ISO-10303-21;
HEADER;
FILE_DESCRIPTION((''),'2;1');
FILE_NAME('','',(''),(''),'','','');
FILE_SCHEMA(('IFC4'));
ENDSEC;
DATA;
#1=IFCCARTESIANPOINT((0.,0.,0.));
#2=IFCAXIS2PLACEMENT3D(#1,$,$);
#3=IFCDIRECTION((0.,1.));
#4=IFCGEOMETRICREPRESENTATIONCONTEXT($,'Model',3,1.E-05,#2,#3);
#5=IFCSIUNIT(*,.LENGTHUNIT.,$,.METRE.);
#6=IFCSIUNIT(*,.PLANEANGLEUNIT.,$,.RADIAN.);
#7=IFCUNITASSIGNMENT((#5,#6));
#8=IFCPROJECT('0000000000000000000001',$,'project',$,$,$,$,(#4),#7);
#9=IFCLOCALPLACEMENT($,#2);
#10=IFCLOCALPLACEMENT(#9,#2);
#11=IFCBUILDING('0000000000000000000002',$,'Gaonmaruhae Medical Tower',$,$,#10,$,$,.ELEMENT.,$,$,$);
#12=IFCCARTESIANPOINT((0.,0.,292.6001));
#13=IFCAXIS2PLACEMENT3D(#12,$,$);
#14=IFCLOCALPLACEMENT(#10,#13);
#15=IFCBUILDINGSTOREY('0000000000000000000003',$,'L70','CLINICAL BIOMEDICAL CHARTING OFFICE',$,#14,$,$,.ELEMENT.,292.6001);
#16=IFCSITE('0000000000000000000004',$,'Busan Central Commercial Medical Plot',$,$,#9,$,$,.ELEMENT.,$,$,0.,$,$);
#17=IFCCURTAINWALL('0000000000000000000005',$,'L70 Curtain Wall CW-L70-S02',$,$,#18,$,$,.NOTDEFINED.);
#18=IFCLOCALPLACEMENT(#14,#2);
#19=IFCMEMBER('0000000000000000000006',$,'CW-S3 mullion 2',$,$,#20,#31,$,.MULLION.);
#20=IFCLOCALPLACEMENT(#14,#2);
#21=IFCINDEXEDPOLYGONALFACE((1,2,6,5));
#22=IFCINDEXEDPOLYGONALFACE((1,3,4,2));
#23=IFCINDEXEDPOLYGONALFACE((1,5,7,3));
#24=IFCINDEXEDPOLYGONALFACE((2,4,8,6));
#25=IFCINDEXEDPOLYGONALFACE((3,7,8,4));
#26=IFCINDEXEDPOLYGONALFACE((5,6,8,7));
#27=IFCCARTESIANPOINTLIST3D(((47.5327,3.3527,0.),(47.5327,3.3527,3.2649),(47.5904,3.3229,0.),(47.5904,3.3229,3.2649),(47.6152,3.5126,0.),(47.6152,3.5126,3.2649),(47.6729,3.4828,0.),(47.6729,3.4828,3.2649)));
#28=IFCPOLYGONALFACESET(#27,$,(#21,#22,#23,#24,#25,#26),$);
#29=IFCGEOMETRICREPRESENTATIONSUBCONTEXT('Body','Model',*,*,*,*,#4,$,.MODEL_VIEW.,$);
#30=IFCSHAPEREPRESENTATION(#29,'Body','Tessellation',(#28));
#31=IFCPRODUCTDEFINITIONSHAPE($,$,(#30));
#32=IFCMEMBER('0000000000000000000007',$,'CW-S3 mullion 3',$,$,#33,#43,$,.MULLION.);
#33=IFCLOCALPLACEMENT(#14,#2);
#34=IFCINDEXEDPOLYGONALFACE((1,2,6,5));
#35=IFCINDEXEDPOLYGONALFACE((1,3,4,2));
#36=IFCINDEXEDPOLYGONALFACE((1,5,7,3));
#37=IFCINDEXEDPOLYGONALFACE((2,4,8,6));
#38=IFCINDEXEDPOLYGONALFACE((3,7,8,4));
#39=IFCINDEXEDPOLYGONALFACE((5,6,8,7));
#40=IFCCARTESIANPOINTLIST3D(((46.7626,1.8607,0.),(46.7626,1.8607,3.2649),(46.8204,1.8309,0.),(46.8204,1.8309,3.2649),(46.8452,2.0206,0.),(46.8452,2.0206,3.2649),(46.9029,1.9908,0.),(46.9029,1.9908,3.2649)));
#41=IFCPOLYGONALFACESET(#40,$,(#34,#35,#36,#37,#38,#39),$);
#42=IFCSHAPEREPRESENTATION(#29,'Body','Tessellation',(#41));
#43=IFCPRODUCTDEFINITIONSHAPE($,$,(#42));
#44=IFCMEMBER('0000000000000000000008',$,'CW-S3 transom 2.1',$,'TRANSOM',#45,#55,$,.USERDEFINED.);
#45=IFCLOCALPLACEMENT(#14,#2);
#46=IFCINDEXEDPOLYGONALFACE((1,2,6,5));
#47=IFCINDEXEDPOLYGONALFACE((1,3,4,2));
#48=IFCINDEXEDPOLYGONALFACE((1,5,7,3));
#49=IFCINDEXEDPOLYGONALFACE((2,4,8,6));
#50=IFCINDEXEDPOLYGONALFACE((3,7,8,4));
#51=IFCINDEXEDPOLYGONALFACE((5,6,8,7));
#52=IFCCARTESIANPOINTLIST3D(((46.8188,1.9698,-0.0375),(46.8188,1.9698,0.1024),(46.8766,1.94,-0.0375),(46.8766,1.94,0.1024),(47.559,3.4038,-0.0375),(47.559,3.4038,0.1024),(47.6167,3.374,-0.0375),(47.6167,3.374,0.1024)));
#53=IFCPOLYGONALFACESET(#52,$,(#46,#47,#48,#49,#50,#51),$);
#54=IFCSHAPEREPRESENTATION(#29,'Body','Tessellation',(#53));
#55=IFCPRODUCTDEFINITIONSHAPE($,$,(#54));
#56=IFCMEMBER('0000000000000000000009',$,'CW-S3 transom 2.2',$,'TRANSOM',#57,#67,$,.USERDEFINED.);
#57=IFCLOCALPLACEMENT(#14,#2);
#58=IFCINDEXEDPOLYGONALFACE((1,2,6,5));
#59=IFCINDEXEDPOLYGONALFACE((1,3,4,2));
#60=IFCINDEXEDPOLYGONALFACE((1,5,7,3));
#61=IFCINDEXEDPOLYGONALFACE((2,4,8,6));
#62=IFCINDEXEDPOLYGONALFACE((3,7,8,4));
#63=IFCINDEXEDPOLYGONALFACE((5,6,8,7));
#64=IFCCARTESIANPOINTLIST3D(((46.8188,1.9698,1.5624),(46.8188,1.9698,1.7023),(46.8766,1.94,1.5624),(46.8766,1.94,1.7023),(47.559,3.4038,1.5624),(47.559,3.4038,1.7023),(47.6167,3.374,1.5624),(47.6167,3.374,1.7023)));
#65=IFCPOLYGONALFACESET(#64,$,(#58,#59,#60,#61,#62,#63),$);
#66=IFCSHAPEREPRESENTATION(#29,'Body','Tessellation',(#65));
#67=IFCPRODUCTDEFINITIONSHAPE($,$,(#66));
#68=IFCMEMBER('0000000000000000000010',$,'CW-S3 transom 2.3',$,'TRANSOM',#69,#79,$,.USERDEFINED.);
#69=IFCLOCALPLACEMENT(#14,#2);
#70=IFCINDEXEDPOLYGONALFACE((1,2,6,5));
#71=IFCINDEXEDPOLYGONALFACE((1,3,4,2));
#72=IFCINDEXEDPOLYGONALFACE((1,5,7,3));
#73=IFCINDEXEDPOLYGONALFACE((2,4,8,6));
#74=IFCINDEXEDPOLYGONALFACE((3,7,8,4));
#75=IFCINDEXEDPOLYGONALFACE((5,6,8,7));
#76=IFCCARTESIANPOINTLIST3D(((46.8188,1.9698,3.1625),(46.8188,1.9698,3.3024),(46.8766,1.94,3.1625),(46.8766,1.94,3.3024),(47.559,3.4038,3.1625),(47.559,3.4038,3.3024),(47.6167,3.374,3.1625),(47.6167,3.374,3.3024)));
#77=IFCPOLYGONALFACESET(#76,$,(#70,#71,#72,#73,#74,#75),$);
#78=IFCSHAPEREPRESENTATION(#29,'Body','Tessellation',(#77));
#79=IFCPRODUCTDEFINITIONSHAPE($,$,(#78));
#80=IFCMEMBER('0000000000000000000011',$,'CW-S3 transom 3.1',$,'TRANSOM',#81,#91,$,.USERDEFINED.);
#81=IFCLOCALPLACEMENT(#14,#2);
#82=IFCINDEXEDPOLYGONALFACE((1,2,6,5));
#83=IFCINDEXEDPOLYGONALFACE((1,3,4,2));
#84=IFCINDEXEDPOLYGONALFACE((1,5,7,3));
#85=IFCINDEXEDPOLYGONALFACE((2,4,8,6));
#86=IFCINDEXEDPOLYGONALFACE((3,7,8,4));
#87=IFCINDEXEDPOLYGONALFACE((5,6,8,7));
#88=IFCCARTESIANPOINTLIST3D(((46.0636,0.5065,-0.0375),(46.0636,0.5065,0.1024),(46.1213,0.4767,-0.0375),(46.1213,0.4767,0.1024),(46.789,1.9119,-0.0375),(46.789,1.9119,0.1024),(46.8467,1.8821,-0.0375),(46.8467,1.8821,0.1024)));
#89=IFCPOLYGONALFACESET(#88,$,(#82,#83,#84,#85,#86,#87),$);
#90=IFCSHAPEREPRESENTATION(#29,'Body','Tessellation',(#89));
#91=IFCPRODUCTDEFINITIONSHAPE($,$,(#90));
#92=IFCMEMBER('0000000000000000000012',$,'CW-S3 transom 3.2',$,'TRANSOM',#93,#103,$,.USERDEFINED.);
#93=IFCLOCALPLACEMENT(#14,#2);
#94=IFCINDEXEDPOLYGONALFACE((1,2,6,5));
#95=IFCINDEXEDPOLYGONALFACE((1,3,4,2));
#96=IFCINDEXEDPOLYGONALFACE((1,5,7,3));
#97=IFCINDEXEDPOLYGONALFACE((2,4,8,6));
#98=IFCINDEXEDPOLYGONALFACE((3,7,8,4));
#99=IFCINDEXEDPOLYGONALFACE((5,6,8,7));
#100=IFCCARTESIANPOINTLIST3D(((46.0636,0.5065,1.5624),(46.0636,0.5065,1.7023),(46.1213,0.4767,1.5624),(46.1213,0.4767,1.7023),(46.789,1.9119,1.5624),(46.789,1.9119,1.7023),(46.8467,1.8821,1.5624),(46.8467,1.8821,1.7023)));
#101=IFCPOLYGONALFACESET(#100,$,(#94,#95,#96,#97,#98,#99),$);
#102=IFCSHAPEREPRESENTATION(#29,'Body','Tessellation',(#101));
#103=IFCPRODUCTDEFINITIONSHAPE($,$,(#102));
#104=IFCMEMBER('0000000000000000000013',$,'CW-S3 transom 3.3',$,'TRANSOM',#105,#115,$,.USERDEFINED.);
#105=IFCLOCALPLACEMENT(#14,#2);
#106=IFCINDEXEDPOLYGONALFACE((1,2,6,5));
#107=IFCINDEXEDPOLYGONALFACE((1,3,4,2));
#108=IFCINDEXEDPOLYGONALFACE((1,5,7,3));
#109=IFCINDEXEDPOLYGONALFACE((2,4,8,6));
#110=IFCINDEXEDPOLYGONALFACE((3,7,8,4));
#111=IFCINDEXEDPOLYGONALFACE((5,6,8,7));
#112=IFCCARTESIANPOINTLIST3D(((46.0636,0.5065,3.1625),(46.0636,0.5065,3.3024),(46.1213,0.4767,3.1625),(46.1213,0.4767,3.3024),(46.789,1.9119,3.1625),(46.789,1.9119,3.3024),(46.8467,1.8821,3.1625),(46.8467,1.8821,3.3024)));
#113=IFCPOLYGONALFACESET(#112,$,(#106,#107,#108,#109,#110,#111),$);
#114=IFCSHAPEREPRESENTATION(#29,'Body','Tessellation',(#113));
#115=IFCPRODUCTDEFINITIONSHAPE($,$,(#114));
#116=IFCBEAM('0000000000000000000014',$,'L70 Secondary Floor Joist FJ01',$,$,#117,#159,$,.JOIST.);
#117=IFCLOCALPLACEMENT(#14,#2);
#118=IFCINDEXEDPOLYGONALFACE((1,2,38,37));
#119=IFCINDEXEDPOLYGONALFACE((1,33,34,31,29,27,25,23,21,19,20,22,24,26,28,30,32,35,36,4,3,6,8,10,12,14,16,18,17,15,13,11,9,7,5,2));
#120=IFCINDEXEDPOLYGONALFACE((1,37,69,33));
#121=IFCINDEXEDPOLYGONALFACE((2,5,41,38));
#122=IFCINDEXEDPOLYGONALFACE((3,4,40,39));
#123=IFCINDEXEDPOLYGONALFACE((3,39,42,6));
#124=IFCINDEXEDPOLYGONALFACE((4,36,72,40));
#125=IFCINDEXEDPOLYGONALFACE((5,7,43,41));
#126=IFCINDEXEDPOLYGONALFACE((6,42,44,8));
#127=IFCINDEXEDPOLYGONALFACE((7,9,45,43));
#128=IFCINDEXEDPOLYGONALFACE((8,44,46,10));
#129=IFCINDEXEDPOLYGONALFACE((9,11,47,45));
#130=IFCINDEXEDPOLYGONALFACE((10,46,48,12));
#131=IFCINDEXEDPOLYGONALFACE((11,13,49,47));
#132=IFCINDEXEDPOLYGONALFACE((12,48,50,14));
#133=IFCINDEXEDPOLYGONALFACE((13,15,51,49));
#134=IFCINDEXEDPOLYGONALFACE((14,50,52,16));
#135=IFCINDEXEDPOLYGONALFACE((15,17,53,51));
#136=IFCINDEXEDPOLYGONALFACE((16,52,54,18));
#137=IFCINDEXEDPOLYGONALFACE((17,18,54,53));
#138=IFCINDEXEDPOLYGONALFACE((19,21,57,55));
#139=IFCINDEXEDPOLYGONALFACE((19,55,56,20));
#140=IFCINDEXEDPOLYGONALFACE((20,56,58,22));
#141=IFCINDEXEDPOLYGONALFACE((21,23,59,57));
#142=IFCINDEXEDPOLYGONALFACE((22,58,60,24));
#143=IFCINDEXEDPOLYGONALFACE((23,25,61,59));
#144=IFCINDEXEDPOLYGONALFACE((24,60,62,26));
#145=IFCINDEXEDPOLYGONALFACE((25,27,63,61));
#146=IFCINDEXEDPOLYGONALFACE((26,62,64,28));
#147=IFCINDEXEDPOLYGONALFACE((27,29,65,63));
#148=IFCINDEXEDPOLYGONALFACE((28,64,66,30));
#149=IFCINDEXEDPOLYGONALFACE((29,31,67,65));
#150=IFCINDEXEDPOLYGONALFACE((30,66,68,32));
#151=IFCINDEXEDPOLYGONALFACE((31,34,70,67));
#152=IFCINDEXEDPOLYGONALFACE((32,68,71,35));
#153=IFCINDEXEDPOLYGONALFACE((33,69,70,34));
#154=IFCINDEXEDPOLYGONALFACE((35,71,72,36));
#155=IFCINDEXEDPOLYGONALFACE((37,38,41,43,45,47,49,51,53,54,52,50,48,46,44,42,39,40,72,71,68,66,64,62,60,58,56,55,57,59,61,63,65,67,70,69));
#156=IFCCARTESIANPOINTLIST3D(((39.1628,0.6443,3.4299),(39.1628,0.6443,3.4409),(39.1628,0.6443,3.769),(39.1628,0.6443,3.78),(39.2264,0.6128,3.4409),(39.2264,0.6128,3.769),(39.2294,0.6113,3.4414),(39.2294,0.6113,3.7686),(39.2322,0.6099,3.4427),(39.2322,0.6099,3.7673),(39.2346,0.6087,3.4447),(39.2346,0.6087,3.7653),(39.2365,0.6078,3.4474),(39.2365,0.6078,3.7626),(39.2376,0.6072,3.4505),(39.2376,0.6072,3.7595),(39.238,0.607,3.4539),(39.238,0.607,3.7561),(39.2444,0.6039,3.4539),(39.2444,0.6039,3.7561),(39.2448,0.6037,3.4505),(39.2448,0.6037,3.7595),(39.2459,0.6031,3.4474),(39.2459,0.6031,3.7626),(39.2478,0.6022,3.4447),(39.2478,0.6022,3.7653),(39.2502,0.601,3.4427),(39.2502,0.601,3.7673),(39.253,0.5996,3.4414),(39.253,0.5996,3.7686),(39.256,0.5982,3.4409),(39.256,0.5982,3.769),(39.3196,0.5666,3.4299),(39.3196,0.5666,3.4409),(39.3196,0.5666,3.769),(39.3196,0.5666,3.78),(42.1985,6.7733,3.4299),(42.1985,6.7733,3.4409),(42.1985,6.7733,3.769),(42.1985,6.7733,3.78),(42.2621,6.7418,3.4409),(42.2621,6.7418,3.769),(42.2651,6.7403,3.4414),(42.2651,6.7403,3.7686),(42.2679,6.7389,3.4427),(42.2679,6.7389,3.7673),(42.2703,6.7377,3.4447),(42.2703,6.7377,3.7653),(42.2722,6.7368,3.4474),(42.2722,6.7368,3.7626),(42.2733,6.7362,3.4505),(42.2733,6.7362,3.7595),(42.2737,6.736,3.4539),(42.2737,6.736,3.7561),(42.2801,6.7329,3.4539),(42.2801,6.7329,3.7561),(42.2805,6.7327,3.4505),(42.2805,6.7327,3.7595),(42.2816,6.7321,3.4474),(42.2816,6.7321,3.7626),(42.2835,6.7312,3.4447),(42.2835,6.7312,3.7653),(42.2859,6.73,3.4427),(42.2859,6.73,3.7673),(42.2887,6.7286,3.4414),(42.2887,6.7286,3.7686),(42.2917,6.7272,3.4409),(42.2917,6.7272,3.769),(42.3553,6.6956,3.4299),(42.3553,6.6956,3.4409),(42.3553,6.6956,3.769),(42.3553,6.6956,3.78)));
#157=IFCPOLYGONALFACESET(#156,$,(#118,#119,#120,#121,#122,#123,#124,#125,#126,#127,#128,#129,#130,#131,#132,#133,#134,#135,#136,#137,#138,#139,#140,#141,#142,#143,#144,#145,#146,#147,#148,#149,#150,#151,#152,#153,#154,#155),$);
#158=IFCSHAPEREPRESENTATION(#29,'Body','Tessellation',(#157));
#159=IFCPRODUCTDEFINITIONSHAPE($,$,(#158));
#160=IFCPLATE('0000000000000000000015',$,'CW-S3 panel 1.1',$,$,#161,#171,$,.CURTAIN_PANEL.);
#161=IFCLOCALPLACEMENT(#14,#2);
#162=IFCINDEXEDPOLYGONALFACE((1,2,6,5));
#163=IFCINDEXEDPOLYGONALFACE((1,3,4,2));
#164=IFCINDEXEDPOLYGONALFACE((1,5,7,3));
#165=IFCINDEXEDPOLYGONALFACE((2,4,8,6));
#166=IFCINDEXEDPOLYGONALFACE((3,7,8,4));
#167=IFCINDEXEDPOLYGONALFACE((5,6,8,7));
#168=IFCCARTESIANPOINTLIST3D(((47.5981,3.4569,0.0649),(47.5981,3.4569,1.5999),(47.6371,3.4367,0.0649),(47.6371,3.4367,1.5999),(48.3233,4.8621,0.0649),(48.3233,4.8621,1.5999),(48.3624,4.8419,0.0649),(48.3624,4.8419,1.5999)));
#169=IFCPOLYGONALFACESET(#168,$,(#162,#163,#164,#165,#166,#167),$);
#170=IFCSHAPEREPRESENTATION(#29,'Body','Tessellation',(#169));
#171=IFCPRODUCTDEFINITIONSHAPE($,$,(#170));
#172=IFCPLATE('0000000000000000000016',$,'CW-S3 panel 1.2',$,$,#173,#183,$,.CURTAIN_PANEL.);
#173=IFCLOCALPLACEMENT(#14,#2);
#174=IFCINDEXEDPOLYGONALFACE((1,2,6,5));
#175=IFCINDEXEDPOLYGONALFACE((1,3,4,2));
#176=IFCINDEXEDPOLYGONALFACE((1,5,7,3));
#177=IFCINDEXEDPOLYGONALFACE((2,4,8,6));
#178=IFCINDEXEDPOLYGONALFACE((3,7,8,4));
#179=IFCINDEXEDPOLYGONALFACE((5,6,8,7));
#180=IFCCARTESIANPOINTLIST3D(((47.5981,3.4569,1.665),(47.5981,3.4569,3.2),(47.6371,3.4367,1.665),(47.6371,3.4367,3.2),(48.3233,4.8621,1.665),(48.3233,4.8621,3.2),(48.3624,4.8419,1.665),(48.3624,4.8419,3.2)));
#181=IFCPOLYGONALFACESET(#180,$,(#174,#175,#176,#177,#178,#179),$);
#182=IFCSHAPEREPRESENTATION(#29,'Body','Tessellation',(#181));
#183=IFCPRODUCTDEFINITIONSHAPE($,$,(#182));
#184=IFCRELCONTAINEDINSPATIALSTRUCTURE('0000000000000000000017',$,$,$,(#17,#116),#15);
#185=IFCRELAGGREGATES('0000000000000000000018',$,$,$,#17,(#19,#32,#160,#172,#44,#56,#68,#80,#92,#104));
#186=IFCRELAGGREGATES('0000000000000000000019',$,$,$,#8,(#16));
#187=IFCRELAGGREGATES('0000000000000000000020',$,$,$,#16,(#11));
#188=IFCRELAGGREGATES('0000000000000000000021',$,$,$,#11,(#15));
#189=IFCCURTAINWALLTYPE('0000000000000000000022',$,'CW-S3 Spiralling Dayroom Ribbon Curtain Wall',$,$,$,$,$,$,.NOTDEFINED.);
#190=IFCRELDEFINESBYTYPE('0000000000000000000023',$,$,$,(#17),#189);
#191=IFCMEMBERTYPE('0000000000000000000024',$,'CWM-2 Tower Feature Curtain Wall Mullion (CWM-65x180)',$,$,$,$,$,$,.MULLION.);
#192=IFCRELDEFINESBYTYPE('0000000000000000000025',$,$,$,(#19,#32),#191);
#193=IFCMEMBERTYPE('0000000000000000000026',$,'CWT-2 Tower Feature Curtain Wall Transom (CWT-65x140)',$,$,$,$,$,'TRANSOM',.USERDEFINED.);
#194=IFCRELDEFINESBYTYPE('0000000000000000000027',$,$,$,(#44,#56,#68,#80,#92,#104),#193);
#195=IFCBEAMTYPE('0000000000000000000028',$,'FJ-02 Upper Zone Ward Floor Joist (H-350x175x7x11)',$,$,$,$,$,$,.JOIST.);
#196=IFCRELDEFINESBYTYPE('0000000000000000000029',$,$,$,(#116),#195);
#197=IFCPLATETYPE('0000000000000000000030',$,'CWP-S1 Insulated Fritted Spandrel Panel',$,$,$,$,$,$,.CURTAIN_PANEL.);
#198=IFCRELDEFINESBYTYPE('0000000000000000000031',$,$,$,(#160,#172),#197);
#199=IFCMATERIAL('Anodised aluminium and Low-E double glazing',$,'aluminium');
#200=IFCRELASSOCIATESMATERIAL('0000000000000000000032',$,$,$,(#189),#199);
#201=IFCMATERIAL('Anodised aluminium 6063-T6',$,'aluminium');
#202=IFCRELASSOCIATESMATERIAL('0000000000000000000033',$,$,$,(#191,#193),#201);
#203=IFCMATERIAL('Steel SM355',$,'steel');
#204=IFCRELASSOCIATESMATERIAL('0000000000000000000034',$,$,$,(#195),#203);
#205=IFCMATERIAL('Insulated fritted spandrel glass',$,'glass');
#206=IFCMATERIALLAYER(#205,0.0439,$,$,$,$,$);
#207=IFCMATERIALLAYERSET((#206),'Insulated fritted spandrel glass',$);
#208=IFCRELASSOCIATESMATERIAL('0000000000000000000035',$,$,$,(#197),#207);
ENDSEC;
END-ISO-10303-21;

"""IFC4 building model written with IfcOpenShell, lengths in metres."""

from ifc_helpers import new_model, si_unit, direction, frame, origin, origin_2d, place, context, subcontext, project, spatial, rectangle, i_section, extrude, material, layer, layer_set, material_profile, profile_set, type_object, element, aggregate, save


model = new_model("IFC4")

# Units and contexts
model_context = context("Model", 3, precision=1e-05, world=origin(), true_north=direction((0.0, 1.0)))
body_context = subcontext(model_context, "Body", "Model", "MODEL_VIEW")
ifc_project = project(units=[si_unit("LENGTHUNIT", "METRE"), si_unit("PLANEANGLEUNIT", "RADIAN")], contexts=[model_context])

# Site, building, storey
site_placement = place(None, origin())
site = spatial("IfcSite", under=ifc_project, at=site_placement, Name="Busan Central Commercial Medical Plot", CompositionType="ELEMENT", RefElevation=0.0)
building_placement = place(site_placement, origin())
building = spatial("IfcBuilding", under=site, at=building_placement, Name="Gaonmaruhae Medical Tower", CompositionType="ELEMENT")
storey_placement = place(building_placement, frame((0.0, 0.0, 292.6001)))
storey = spatial("IfcBuildingStorey", under=building, at=storey_placement, Name="L70", Description="CLINICAL BIOMEDICAL CHARTING OFFICE", CompositionType="ELEMENT", Elevation=292.6001)

# Curtain wall, members
ifc_material_1 = material(Name="Anodised aluminium and Low-E double glazing", Category="aluminium")
curtain_wall_type = type_object("IfcCurtainWallType", Name="CW-S3 Spiralling Dayroom Ribbon Curtain Wall", PredefinedType="NOTDEFINED", material=ifc_material_1)
curtain_wall_placement = place(storey_placement, origin())
curtain_wall = element("IfcCurtainWall", 1, at=curtain_wall_placement, inside=storey, type_object=curtain_wall_type, Name="L70 Curtain Wall CW-L70-S02", PredefinedType="NOTDEFINED")
ifc_material_2 = material(Name="Anodised aluminium 6063-T6", Category="aluminium")
ifc_material_profile_1 = material_profile(ifc_material_2, rectangle(XDim=0.0649, YDim=0.1799, at=origin_2d()), Name="CWM-65x180")
ifc_profile_set_1 = profile_set([ifc_material_profile_1], Name="Anodised aluminium 6063-T6")
member_type_1 = type_object("IfcMemberType", Name="CWM-2 Tower Feature Curtain Wall Mullion (CWM-65x180)", PredefinedType="MULLION", material=ifc_profile_set_1)
member_1_placement = place(storey_placement, frame((47.6028, 3.4177, 0.0), z_axis=(0.0, 0.0, 1.0), x_axis=(0.888624, -0.458637, 0.0)))
member_1 = element("IfcMember", 2, at=member_1_placement, type_object=member_type_1, Name="CW-S3 mullion 2", PredefinedType="MULLION", context=body_context, shape_type="SweptSolid", body=[
    extrude(rectangle(XDim=0.0649, YDim=0.1799, at=origin_2d()), origin(), (0.0, 0.0, 1.0), 3.2649),
])
member_2_placement = place(storey_placement, frame((46.8328, 1.9258, 0.0), z_axis=(0.0, 0.0, 1.0), x_axis=(0.888624, -0.458637, 0.0)))
member_2 = element("IfcMember", 3, at=member_2_placement, type_object=member_type_1, Name="CW-S3 mullion 3", PredefinedType="MULLION", context=body_context, shape_type="SweptSolid", body=[
    extrude(rectangle(XDim=0.0649, YDim=0.1799, at=origin_2d()), origin(), (0.0, 0.0, 1.0), 3.2649),
])
ifc_material_profile_2 = material_profile(ifc_material_2, rectangle(XDim=0.0649, YDim=0.1399, at=origin_2d()), Name="CWT-65x140")
ifc_profile_set_2 = profile_set([ifc_material_profile_2], Name="Anodised aluminium 6063-T6")
member_type_2 = type_object("IfcMemberType", Name="CWT-2 Tower Feature Curtain Wall Transom (CWT-65x140)", ElementType="TRANSOM", PredefinedType="USERDEFINED", material=ifc_profile_set_2)
member_3_placement = place(storey_placement, frame((47.5879, 3.3889, 0.0325), z_axis=(-0.458674, -0.888605, 0.0), x_axis=(0.888605, -0.458674, 0.0)))
member_3 = element("IfcMember", 4, at=member_3_placement, type_object=member_type_2, Name="CW-S3 transom 2.1", ObjectType="TRANSOM", PredefinedType="USERDEFINED", context=body_context, shape_type="SweptSolid", body=[
    extrude(rectangle(XDim=0.0649, YDim=0.1399, at=origin_2d()), origin(), (0.0, 0.0, 1.0), 1.6138),
])
member_4_placement = place(storey_placement, frame((47.5879, 3.3889, 1.6323), z_axis=(-0.458674, -0.888605, 0.0), x_axis=(0.888605, -0.458674, 0.0)))
member_4 = element("IfcMember", 5, at=member_4_placement, type_object=member_type_2, Name="CW-S3 transom 2.2", ObjectType="TRANSOM", PredefinedType="USERDEFINED", context=body_context, shape_type="SweptSolid", body=[
    extrude(rectangle(XDim=0.0649, YDim=0.1399, at=origin_2d()), origin(), (0.0, 0.0, 1.0), 1.6138),
])
member_5_placement = place(storey_placement, frame((47.5879, 3.3889, 3.2324), z_axis=(-0.458674, -0.888605, 0.0), x_axis=(0.888605, -0.458674, 0.0)))
member_5 = element("IfcMember", 6, at=member_5_placement, type_object=member_type_2, Name="CW-S3 transom 2.3", ObjectType="TRANSOM", PredefinedType="USERDEFINED", context=body_context, shape_type="SweptSolid", body=[
    extrude(rectangle(XDim=0.0649, YDim=0.1399, at=origin_2d()), origin(), (0.0, 0.0, 1.0), 1.6138),
])
member_6_placement = place(storey_placement, frame((46.8179, 1.897, 0.0325), z_axis=(-0.458663, -0.888611, 0.0), x_axis=(0.888611, -0.458663, 0.0)))
member_6 = element("IfcMember", 7, at=member_6_placement, type_object=member_type_2, Name="CW-S3 transom 3.1", ObjectType="TRANSOM", PredefinedType="USERDEFINED", context=body_context, shape_type="SweptSolid", body=[
    extrude(rectangle(XDim=0.0649, YDim=0.1399, at=origin_2d()), origin(), (0.0, 0.0, 1.0), 1.5815),
])
member_7_placement = place(storey_placement, frame((46.8179, 1.897, 1.6323), z_axis=(-0.458663, -0.888611, 0.0), x_axis=(0.888611, -0.458663, 0.0)))
member_7 = element("IfcMember", 8, at=member_7_placement, type_object=member_type_2, Name="CW-S3 transom 3.2", ObjectType="TRANSOM", PredefinedType="USERDEFINED", context=body_context, shape_type="SweptSolid", body=[
    extrude(rectangle(XDim=0.0649, YDim=0.1399, at=origin_2d()), origin(), (0.0, 0.0, 1.0), 1.5815),
])
member_8_placement = place(storey_placement, frame((46.8179, 1.897, 3.2324), z_axis=(-0.458663, -0.888611, 0.0), x_axis=(0.888611, -0.458663, 0.0)))
member_8 = element("IfcMember", 9, at=member_8_placement, type_object=member_type_2, Name="CW-S3 transom 3.3", ObjectType="TRANSOM", PredefinedType="USERDEFINED", context=body_context, shape_type="SweptSolid", body=[
    extrude(rectangle(XDim=0.0649, YDim=0.1399, at=origin_2d()), origin(), (0.0, 0.0, 1.0), 1.5815),
])

# Beam
ifc_material_3 = material(Name="Steel SM355", Category="steel")
ifc_material_profile_3 = material_profile(ifc_material_3, i_section(OverallWidth=0.175, OverallDepth=0.3501, WebThickness=0.0071, FlangeThickness=0.011, FilletRadius=0.0129, at=origin_2d()), Name="H-350x175x7x11")
ifc_profile_set_3 = profile_set([ifc_material_profile_3], Name="Steel SM355")
beam_type = type_object("IfcBeamType", Name="FJ-02 Upper Zone Ward Floor Joist (H-350x175x7x11)", PredefinedType="JOIST", material=ifc_profile_set_3)
beam_placement = place(storey_placement, frame((39.2412, 0.6055, 3.605), z_axis=(0.443841, 0.896106, 0.0), x_axis=(-0.896106, 0.443841, 0.0)))
element("IfcBeam", 10, at=beam_placement, inside=storey, type_object=beam_type, Name="L70 Secondary Floor Joist FJ01", PredefinedType="JOIST", context=body_context, shape_type="SweptSolid", body=[
    extrude(i_section(OverallWidth=0.175, OverallDepth=0.3501, WebThickness=0.0071, FlangeThickness=0.011, FilletRadius=0.0129, at=origin_2d()), origin(), (0.0, 0.0, 1.0), 6.8396),
])

# Plates
ifc_material_4 = material(Name="Insulated fritted spandrel glass", Category="glass")
ifc_layer_1 = layer(ifc_material_4, 0.0439)
ifc_layer_set_1 = layer_set([ifc_layer_1], Name="Insulated fritted spandrel glass")
plate_type = type_object("IfcPlateType", Name="CWP-S1 Insulated Fritted Spandrel Panel", PredefinedType="CURTAIN_PANEL", material=ifc_layer_set_1)
plate_1_placement = place(storey_placement, frame((47.9802, 4.1494, 0.0649), z_axis=(0.0, 0.0, 1.0), x_axis=(-0.458637, -0.888624, 0.0)))
plate_1 = element("IfcPlate", 11, at=plate_1_placement, type_object=plate_type, Name="CW-S3 panel 1.1", PredefinedType="CURTAIN_PANEL", context=body_context, shape_type="SweptSolid", body=[
    extrude(rectangle(XDim=1.5813, YDim=0.0439, at=origin_2d()), origin(), (0.0, 0.0, 1.0), 1.5349),
])
plate_2_placement = place(storey_placement, frame((47.9802, 4.1494, 1.665), z_axis=(0.0, 0.0, 1.0), x_axis=(-0.458637, -0.888624, 0.0)))
plate_2 = element("IfcPlate", 12, at=plate_2_placement, type_object=plate_type, Name="CW-S3 panel 1.2", PredefinedType="CURTAIN_PANEL", context=body_context, shape_type="SweptSolid", body=[
    extrude(rectangle(XDim=1.5813, YDim=0.0439, at=origin_2d()), origin(), (0.0, 0.0, 1.0), 1.5349),
])
aggregate(curtain_wall, [member_1, member_2, plate_1, plate_2, member_3, member_4, member_5, member_6, member_7, member_8])

save(model, "model.ifc")
